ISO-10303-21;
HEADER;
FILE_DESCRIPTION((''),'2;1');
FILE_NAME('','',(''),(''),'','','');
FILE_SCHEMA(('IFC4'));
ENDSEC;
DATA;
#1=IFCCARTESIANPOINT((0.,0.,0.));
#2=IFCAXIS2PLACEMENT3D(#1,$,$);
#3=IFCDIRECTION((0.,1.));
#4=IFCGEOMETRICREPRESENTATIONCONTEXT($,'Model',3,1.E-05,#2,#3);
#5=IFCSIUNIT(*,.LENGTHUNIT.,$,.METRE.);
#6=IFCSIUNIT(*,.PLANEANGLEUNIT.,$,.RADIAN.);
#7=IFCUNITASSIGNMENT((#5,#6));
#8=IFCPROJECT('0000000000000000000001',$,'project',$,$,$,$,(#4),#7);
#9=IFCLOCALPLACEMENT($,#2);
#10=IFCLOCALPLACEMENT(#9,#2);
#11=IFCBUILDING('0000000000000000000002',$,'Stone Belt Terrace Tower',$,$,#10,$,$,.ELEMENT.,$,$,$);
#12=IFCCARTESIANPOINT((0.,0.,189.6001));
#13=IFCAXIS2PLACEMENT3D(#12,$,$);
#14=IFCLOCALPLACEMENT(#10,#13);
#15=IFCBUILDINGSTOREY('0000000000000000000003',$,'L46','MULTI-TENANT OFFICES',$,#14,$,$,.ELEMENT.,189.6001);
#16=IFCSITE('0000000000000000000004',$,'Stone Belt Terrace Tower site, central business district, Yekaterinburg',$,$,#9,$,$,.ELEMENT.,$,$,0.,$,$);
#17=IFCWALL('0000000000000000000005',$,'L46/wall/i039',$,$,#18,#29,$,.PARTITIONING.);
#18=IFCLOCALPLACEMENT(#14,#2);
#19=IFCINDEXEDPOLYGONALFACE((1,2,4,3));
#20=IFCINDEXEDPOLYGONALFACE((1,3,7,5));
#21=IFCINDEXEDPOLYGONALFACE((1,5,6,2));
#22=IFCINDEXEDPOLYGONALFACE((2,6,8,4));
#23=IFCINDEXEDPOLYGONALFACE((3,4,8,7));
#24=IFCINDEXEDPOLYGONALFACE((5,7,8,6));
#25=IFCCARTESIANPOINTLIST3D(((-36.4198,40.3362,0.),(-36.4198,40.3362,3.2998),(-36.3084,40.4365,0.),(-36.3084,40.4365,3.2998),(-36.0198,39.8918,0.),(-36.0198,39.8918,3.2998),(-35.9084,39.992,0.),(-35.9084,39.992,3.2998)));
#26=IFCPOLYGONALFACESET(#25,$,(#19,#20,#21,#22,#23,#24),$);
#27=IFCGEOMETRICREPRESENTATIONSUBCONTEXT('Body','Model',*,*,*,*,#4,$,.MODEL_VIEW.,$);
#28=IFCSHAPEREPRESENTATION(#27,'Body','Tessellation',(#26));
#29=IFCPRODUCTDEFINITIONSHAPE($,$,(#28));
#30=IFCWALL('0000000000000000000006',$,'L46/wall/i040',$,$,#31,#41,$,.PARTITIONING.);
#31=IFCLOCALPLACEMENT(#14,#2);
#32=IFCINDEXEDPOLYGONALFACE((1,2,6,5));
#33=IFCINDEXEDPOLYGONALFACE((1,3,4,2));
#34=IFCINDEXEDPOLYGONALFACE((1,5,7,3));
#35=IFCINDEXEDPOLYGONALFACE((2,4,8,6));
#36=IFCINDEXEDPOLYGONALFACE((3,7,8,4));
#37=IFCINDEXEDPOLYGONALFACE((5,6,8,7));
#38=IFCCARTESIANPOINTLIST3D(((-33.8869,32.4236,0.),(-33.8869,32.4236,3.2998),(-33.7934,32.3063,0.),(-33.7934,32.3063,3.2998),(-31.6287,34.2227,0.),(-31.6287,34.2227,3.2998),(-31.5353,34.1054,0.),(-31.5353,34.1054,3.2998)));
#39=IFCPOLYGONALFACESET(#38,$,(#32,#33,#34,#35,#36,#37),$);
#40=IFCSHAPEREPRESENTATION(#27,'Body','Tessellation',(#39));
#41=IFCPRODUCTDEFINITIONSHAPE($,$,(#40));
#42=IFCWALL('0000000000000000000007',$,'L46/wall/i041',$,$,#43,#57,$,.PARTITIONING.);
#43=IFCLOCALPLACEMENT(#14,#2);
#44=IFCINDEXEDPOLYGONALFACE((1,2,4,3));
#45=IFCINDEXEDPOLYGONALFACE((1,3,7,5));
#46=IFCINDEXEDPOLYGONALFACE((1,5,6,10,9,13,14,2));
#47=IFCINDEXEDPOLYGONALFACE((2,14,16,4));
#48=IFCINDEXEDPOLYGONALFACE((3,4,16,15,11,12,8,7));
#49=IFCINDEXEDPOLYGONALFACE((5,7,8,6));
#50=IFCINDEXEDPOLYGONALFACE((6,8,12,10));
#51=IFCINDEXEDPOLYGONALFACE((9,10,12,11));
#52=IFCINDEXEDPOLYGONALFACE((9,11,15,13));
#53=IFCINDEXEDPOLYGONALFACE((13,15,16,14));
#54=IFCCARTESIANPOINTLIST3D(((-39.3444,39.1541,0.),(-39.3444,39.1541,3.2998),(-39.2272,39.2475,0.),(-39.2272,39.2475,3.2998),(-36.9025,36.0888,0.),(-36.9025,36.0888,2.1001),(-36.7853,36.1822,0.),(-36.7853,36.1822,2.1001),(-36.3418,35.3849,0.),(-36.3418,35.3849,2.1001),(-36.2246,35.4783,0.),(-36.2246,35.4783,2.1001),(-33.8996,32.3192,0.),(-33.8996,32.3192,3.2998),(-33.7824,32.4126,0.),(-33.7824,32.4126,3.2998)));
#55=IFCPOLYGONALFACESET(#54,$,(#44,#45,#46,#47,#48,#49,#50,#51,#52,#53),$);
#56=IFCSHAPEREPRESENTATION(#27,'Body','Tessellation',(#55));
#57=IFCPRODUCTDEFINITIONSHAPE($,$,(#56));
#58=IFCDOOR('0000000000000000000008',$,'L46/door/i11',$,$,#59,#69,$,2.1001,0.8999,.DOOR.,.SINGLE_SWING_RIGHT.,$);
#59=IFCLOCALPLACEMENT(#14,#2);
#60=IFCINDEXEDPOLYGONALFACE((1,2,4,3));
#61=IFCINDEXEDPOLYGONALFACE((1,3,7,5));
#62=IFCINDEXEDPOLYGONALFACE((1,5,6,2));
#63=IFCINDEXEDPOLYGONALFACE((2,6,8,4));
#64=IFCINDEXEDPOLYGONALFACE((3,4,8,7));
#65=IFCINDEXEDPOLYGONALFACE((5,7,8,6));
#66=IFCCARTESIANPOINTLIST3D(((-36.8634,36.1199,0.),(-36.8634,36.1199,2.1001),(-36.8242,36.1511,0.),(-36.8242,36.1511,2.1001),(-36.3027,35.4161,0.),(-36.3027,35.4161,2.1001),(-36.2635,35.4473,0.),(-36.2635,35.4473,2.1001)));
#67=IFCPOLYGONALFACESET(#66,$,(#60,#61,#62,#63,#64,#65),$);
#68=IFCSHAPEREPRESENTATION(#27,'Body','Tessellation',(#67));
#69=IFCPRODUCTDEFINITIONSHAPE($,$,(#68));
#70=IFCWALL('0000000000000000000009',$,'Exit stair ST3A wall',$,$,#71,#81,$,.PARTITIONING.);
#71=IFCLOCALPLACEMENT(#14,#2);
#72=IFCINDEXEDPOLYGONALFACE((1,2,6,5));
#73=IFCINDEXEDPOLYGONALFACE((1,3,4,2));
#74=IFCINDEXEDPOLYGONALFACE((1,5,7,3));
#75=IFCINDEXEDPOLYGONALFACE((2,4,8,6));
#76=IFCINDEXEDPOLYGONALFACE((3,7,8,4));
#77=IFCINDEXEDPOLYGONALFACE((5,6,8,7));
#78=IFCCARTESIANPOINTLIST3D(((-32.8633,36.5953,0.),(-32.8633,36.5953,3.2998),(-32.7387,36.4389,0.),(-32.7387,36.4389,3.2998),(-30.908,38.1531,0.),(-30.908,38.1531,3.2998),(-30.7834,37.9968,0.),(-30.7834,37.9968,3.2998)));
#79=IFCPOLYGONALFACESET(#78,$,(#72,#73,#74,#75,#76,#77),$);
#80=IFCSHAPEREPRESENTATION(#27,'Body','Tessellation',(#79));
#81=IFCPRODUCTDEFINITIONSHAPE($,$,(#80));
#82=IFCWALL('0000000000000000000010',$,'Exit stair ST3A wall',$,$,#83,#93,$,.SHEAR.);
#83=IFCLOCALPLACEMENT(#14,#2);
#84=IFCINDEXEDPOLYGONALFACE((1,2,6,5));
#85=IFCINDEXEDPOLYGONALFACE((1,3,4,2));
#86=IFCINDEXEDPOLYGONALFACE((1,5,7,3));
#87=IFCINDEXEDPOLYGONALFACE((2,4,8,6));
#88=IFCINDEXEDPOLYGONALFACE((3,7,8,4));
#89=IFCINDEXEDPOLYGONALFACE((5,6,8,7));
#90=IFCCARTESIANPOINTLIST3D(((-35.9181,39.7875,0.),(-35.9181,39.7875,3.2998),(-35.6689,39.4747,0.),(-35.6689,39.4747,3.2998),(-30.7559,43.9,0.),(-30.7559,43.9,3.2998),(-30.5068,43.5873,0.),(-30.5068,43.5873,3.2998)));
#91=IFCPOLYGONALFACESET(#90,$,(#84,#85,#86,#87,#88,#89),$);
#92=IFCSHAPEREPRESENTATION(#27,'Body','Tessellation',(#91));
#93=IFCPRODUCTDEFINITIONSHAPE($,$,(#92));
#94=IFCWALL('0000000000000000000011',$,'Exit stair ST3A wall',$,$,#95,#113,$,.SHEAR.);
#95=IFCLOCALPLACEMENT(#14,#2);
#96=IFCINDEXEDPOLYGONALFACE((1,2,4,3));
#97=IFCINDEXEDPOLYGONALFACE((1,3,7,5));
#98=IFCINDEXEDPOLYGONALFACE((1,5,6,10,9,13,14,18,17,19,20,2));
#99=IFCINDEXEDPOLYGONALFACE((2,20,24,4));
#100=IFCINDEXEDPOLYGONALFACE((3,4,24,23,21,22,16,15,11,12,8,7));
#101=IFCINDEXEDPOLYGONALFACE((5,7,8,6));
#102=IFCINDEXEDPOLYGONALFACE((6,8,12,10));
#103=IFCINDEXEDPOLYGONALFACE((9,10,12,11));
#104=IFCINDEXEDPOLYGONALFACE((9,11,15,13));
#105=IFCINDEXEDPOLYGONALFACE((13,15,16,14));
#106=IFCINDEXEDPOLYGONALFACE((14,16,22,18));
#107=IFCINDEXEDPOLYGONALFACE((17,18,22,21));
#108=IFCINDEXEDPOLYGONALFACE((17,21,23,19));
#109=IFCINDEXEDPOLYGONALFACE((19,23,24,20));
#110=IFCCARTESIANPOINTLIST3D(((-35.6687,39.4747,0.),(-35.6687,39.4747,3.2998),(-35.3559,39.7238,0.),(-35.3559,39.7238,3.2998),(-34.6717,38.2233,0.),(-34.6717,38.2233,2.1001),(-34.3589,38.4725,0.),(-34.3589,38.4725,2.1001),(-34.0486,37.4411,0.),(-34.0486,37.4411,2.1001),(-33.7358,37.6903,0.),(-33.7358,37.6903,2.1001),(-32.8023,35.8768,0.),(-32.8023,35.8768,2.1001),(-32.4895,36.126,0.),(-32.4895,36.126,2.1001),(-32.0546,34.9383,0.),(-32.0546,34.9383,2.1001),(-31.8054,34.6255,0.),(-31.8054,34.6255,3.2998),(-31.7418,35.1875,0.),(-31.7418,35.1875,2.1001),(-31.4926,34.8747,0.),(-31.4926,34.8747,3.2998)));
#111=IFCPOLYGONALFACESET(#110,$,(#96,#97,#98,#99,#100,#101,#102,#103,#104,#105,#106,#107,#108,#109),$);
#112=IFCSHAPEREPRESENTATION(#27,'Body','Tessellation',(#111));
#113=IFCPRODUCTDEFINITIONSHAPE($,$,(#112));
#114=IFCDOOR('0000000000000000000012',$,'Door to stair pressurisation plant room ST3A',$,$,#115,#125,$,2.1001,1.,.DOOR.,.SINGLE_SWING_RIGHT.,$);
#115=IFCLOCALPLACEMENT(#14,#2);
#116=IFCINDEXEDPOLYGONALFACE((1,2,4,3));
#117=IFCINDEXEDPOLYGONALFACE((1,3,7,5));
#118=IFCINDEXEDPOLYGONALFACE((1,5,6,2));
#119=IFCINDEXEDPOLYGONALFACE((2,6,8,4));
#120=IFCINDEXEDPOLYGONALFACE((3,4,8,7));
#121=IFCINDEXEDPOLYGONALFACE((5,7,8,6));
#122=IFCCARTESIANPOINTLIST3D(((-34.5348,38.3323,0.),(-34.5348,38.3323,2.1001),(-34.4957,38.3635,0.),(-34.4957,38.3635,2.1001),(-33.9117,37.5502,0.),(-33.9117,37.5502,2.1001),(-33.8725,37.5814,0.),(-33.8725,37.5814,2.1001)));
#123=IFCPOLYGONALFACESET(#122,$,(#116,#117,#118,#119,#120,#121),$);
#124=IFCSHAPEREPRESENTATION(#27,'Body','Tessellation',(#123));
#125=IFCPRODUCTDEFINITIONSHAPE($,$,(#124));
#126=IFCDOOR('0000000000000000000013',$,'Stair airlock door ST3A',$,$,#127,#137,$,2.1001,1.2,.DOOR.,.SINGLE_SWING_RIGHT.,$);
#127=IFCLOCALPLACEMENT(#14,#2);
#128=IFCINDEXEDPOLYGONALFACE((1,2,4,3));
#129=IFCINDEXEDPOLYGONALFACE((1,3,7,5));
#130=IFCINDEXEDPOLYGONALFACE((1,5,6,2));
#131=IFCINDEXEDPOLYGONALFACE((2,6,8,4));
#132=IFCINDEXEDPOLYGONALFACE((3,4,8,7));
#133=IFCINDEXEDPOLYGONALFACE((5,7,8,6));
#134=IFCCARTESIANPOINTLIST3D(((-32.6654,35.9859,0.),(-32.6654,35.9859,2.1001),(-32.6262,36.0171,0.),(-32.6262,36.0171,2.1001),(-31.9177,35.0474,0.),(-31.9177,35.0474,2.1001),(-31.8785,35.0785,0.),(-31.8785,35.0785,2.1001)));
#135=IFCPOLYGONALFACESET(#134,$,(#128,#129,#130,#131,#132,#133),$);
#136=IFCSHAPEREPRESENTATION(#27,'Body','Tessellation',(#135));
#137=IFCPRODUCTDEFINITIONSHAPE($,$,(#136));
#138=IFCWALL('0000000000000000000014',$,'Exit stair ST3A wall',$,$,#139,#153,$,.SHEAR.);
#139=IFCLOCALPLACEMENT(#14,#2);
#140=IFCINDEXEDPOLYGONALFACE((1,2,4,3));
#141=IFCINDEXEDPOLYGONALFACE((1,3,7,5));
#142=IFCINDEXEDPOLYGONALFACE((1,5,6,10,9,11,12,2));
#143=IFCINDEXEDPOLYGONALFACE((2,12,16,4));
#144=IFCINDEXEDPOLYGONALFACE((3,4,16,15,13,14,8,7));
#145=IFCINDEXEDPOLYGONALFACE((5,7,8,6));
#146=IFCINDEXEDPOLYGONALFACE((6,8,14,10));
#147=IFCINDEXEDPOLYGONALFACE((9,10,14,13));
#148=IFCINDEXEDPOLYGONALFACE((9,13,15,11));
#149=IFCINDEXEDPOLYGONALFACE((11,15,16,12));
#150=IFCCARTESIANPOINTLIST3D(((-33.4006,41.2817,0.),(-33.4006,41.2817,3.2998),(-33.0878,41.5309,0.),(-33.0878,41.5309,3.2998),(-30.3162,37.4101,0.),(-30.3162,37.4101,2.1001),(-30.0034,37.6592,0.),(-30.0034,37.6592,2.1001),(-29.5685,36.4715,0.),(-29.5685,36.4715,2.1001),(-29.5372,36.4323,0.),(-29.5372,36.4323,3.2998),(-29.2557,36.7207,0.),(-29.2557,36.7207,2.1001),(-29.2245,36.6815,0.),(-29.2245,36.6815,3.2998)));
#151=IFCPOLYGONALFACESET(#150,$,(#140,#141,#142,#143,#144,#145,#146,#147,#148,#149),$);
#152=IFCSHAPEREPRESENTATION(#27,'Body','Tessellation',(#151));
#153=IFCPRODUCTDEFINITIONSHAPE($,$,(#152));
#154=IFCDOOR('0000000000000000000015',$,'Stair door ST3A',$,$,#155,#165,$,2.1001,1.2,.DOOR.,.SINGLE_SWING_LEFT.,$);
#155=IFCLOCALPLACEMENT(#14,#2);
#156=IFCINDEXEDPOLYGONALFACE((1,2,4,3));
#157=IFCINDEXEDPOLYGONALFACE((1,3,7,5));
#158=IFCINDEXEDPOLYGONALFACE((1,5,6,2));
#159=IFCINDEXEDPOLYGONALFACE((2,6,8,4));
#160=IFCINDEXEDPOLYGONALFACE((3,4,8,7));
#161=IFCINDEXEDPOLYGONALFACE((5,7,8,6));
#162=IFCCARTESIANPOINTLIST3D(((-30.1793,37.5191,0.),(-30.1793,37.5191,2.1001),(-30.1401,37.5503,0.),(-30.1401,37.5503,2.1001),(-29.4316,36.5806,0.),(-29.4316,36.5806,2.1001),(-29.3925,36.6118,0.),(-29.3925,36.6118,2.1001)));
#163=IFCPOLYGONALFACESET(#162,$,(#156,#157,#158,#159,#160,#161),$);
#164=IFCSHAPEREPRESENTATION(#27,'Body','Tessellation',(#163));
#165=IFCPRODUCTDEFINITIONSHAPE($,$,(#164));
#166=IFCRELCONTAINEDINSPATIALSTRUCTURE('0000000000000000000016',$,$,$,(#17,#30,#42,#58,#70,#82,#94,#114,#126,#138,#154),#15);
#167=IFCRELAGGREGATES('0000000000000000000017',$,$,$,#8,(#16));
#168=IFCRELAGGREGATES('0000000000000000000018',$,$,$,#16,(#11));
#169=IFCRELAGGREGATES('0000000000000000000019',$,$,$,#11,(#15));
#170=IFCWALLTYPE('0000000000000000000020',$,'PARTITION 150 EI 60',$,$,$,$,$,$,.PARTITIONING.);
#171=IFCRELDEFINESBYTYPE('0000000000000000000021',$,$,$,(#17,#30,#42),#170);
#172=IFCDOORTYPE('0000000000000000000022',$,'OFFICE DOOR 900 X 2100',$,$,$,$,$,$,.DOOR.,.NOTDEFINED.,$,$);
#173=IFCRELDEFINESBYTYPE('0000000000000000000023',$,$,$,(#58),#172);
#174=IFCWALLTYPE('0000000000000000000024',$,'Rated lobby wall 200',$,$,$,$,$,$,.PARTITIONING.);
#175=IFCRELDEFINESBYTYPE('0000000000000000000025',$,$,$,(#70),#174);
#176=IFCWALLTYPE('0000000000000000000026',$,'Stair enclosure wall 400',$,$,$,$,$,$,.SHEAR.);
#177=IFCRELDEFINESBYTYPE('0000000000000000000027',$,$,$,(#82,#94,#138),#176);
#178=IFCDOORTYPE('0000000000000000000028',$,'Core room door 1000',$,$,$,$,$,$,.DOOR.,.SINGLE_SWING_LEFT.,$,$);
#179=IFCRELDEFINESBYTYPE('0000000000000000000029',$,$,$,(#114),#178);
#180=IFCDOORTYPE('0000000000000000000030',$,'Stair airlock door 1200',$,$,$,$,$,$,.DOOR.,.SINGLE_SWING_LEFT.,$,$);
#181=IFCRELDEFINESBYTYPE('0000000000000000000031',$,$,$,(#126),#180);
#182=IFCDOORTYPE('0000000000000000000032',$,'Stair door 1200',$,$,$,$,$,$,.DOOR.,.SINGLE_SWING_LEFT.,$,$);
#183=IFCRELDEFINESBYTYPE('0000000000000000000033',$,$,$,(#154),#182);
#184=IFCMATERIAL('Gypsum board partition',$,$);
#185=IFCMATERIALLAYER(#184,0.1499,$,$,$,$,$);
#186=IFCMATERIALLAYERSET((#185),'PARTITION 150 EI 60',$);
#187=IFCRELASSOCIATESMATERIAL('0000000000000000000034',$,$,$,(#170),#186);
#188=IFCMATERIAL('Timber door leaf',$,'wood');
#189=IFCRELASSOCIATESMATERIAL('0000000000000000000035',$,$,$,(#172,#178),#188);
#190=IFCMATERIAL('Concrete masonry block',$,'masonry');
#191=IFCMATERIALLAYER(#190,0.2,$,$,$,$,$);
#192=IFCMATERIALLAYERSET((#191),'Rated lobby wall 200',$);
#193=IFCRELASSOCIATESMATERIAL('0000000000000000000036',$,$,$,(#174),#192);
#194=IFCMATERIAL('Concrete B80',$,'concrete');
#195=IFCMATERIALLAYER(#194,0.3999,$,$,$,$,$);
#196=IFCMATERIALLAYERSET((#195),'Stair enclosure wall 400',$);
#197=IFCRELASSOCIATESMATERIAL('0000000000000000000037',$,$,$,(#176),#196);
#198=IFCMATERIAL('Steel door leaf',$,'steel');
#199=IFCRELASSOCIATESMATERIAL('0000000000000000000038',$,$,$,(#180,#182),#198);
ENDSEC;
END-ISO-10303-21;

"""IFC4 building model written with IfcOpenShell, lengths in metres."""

from ifc_helpers import new_model, si_unit, direction, frame, frame_2d, origin, place, context, subcontext, project, spatial, rectangle, extrude, material, layer, layer_set, type_object, element, fill, save


model = new_model("IFC4")

# Units and contexts
model_context = context("Model", 3, precision=1e-05, world=origin(), true_north=direction((0.0, 1.0)))
body_context = subcontext(model_context, "Body", "Model", "MODEL_VIEW")
ifc_project = project(units=[si_unit("LENGTHUNIT", "METRE"), si_unit("PLANEANGLEUNIT", "RADIAN")], contexts=[model_context])

# Site, building, storey
site_placement = place(None, origin())
site = spatial("IfcSite", under=ifc_project, at=site_placement, Name="Stone Belt Terrace Tower site, central business district, Yekaterinburg", CompositionType="ELEMENT", RefElevation=0.0)
building_placement = place(site_placement, origin())
building = spatial("IfcBuilding", under=site, at=building_placement, Name="Stone Belt Terrace Tower", CompositionType="ELEMENT")
storey_placement = place(building_placement, frame((0.0, 0.0, 189.6001)))
storey = spatial("IfcBuildingStorey", under=building, at=storey_placement, Name="L46", Description="MULTI-TENANT OFFICES", CompositionType="ELEMENT", Elevation=189.6001)

# Shared definitions
ifc_material_1 = material(Name="Concrete B80", Category="concrete")

# Walls
ifc_material_2 = material(Name="Gypsum board partition")
ifc_layer_1 = layer(ifc_material_2, 0.1499)
ifc_layer_set_1 = layer_set([ifc_layer_1], Name="PARTITION 150 EI 60")
wall_type_1 = type_object("IfcWallType", Name="PARTITION 150 EI 60", PredefinedType="PARTITIONING", material=ifc_layer_set_1)
wall_1_placement = place(storey_placement, frame((-36.364, 40.3862, 0.0), z_axis=(0.0, 0.0, 1.0), x_axis=(0.668965, -0.743294, 0.0)))
element("IfcWall", 1, at=wall_1_placement, inside=storey, type_object=wall_type_1, Name="L46/wall/i039", PredefinedType="PARTITIONING", context=body_context, shape_type="SweptSolid", body=[
    extrude(rectangle(XDim=0.5979, YDim=0.1499, at=frame_2d((0.2988, 0.0))), origin(), (0.0, 0.0, 1.0), 3.2998),
])
wall_2_placement = place(storey_placement, frame((-31.582, 34.1641, 0.0), z_axis=(0.0, 0.0, 1.0), x_axis=(-0.782113, -0.623137, 0.0)))
element("IfcWall", 2, at=wall_2_placement, inside=storey, type_object=wall_type_1, Name="L46/wall/i040", PredefinedType="PARTITIONING", context=body_context, shape_type="SweptSolid", body=[
    extrude(rectangle(XDim=2.8872, YDim=0.1499, at=frame_2d((1.4436, 0.0))), origin(), (0.0, 0.0, 1.0), 3.2998),
])

# Wall, opening, door
wall_3_placement = place(storey_placement, frame((-33.8411, 32.366, 0.0), z_axis=(0.0, 0.0, 1.0), x_axis=(-0.623079, 0.782159, 0.0)))
wall_3 = element("IfcWall", 3, at=wall_3_placement, inside=storey, type_object=wall_type_1, Name="L46/wall/i041", PredefinedType="PARTITIONING", context=body_context, shape_type="SweptSolid", body=[
    extrude(rectangle(XDim=8.7385, YDim=0.1499, at=frame_2d((4.3691, 0.0))), origin(), (0.0, 0.0, 1.0), 3.2998),
])
opening_1_placement = place(wall_3_placement, frame((3.9194, 0.0, 0.0)))
opening_1 = element("IfcOpeningElement", 4, at=opening_1_placement, cuts=wall_3, PredefinedType="OPENING", context=body_context, shape_type="SweptSolid", body=[
    extrude(rectangle(XDim=0.8999, YDim=2.1001, at=frame_2d((0.45, 1.05))), frame((0.0, 0.085, 0.0), z_axis=(0.0, -1.0, 0.0), x_axis=(1.0, 0.0, 0.0)), (0.0, 0.0, 1.0), 0.1699),
])
ifc_material_3 = material(Name="Timber door leaf", Category="wood")
door_type_1 = type_object("IfcDoorType", Name="OFFICE DOOR 900 X 2100", OperationType="NOTDEFINED", PredefinedType="DOOR", material=ifc_material_3)
door_1_placement = place(opening_1_placement, origin())
door_1 = element("IfcDoor", 5, at=door_1_placement, inside=storey, type_object=door_type_1, Name="L46/door/i11", OperationType="SINGLE_SWING_RIGHT", OverallHeight=2.1001, OverallWidth=0.8999, PredefinedType="DOOR", context=body_context, shape_type="SweptSolid", body=[
    extrude(rectangle(XDim=0.8999, YDim=2.1001, at=frame_2d((0.45, 1.05))), frame((0.0, 0.0249, 0.0), z_axis=(0.0, -1.0, 0.0), x_axis=(1.0, 0.0, 0.0)), (0.0, 0.0, 1.0), 0.05),
])
fill(opening_1, door_1)

# Walls
ifc_material_4 = material(Name="Concrete masonry block", Category="masonry")
ifc_layer_2 = layer(ifc_material_4, 0.2)
ifc_layer_set_2 = layer_set([ifc_layer_2], Name="Rated lobby wall 200")
wall_type_2 = type_object("IfcWallType", Name="Rated lobby wall 200", PredefinedType="PARTITIONING", material=ifc_layer_set_2)
wall_4_placement = place(storey_placement, frame((-30.8457, 38.075, 0.0), z_axis=(0.0, 0.0, 1.0), x_axis=(-0.782115, -0.623134, 0.0)))
element("IfcWall", 6, at=wall_4_placement, inside=storey, type_object=wall_type_2, Name="Exit stair ST3A wall", PredefinedType="PARTITIONING", context=body_context, shape_type="SweptSolid", body=[
    extrude(rectangle(XDim=2.5, YDim=0.2, at=frame_2d((1.25, 0.0))), origin(), (0.0, 0.0, 1.0), 3.2998),
])
ifc_layer_3 = layer(ifc_material_1, 0.3999)
ifc_layer_set_3 = layer_set([ifc_layer_3], Name="Stair enclosure wall 400")
wall_type_3 = type_object("IfcWallType", Name="Stair enclosure wall 400", PredefinedType="SHEAR", material=ifc_layer_set_3)
wall_5_placement = place(storey_placement, frame((-30.6313, 43.7437, 0.0), z_axis=(0.0, 0.0, 1.0), x_axis=(-0.782134, -0.62311, 0.0)))
element("IfcWall", 7, at=wall_5_placement, inside=storey, type_object=wall_type_3, Name="Exit stair ST3A wall", PredefinedType="SHEAR", context=body_context, shape_type="SweptSolid", body=[
    extrude(rectangle(XDim=6.6001, YDim=0.3999, at=frame_2d((3.3, 0.0))), origin(), (0.0, 0.0, 1.0), 3.2998),
])

# Wall, openings, doors
wall_6_placement = place(storey_placement, frame((-31.6489, 34.75, 0.0), z_axis=(0.0, 0.0, 1.0), x_axis=(-0.623119, 0.782127, 0.0)))
wall_6 = element("IfcWall", 8, at=wall_6_placement, inside=storey, type_object=wall_type_3, Name="Exit stair ST3A wall", PredefinedType="SHEAR", context=body_context, shape_type="SweptSolid", body=[
    extrude(rectangle(XDim=6.2, YDim=0.3999, at=frame_2d((3.1001, 0.0))), origin(), (0.0, 0.0, 1.0), 3.2998),
])
opening_2_placement = place(wall_6_placement, frame((0.3999, 0.0, 0.0)))
opening_2 = element("IfcOpeningElement", 9, at=opening_2_placement, cuts=wall_6, PredefinedType="OPENING", context=body_context, shape_type="SweptSolid", body=[
    extrude(rectangle(XDim=1.2, YDim=2.1001, at=frame_2d((0.6001, 1.05))), frame((0.0, 0.21, 0.0), z_axis=(0.0, -1.0, 0.0), x_axis=(1.0, 0.0, 0.0)), (0.0, 0.0, 1.0), 0.4199),
])
opening_3_placement = place(wall_6_placement, frame((3.6001, 0.0, 0.0)))
opening_3 = element("IfcOpeningElement", 10, at=opening_3_placement, cuts=wall_6, PredefinedType="OPENING", context=body_context, shape_type="SweptSolid", body=[
    extrude(rectangle(XDim=1.0, YDim=2.1001, at=frame_2d((0.5, 1.05))), frame((0.0, 0.21, 0.0), z_axis=(0.0, -1.0, 0.0), x_axis=(1.0, 0.0, 0.0)), (0.0, 0.0, 1.0), 0.4199),
])
door_type_2 = type_object("IfcDoorType", Name="Core room door 1000", OperationType="SINGLE_SWING_LEFT", PredefinedType="DOOR", material=ifc_material_3)
door_2_placement = place(opening_3_placement, origin())
door_2 = element("IfcDoor", 11, at=door_2_placement, inside=storey, type_object=door_type_2, Name="Door to stair pressurisation plant room ST3A", OperationType="SINGLE_SWING_RIGHT", OverallHeight=2.1001, OverallWidth=1.0, PredefinedType="DOOR", context=body_context, shape_type="SweptSolid", body=[
    extrude(rectangle(XDim=1.0, YDim=2.1001, at=frame_2d((0.5, 1.05))), frame((0.0, 0.0249, 0.0), z_axis=(0.0, -1.0, 0.0), x_axis=(1.0, 0.0, 0.0)), (0.0, 0.0, 1.0), 0.05),
])
fill(opening_3, door_2)
ifc_material_5 = material(Name="Steel door leaf", Category="steel")
door_type_3 = type_object("IfcDoorType", Name="Stair airlock door 1200", OperationType="SINGLE_SWING_LEFT", PredefinedType="DOOR", material=ifc_material_5)
door_3_placement = place(opening_2_placement, origin())
door_3 = element("IfcDoor", 12, at=door_3_placement, inside=storey, type_object=door_type_3, Name="Stair airlock door ST3A", OperationType="SINGLE_SWING_RIGHT", OverallHeight=2.1001, OverallWidth=1.2, PredefinedType="DOOR", context=body_context, shape_type="SweptSolid", body=[
    extrude(rectangle(XDim=1.2, YDim=2.1001, at=frame_2d((0.6001, 1.05))), frame((0.0, 0.0249, 0.0), z_axis=(0.0, -1.0, 0.0), x_axis=(1.0, 0.0, 0.0)), (0.0, 0.0, 1.0), 0.05),
])
fill(opening_2, door_3)

# Wall, opening, door
wall_7_placement = place(storey_placement, frame((-29.3809, 36.5569, 0.0), z_axis=(0.0, 0.0, 1.0), x_axis=(-0.623099, 0.782143, 0.0)))
wall_7 = element("IfcWall", 13, at=wall_7_placement, inside=storey, type_object=wall_type_3, Name="Exit stair ST3A wall", PredefinedType="SHEAR", context=body_context, shape_type="SweptSolid", body=[
    extrude(rectangle(XDim=6.2002, YDim=0.3999, at=frame_2d((3.1001, 0.0))), origin(), (0.0, 0.0, 1.0), 3.2998),
])
opening_4_placement = place(wall_7_placement, frame((0.05, 0.0, 0.0)))
opening_4 = element("IfcOpeningElement", 14, at=opening_4_placement, cuts=wall_7, PredefinedType="OPENING", context=body_context, shape_type="SweptSolid", body=[
    extrude(rectangle(XDim=1.2, YDim=2.1001, at=frame_2d((0.6001, 1.05))), frame((0.0, 0.21, 0.0), z_axis=(0.0, -1.0, 0.0), x_axis=(1.0, 0.0, 0.0)), (0.0, 0.0, 1.0), 0.4199),
])
door_type_4 = type_object("IfcDoorType", Name="Stair door 1200", OperationType="SINGLE_SWING_LEFT", PredefinedType="DOOR", material=ifc_material_5)
door_4_placement = place(opening_4_placement, origin())
door_4 = element("IfcDoor", 15, at=door_4_placement, inside=storey, type_object=door_type_4, Name="Stair door ST3A", OperationType="SINGLE_SWING_LEFT", OverallHeight=2.1001, OverallWidth=1.2, PredefinedType="DOOR", context=body_context, shape_type="SweptSolid", body=[
    extrude(rectangle(XDim=1.2, YDim=2.1001, at=frame_2d((0.6001, 1.05))), frame((0.0, 0.0249, 0.0), z_axis=(0.0, -1.0, 0.0), x_axis=(1.0, 0.0, 0.0)), (0.0, 0.0, 1.0), 0.05),
])
fill(opening_4, door_4)

save(model, "model.ifc")
